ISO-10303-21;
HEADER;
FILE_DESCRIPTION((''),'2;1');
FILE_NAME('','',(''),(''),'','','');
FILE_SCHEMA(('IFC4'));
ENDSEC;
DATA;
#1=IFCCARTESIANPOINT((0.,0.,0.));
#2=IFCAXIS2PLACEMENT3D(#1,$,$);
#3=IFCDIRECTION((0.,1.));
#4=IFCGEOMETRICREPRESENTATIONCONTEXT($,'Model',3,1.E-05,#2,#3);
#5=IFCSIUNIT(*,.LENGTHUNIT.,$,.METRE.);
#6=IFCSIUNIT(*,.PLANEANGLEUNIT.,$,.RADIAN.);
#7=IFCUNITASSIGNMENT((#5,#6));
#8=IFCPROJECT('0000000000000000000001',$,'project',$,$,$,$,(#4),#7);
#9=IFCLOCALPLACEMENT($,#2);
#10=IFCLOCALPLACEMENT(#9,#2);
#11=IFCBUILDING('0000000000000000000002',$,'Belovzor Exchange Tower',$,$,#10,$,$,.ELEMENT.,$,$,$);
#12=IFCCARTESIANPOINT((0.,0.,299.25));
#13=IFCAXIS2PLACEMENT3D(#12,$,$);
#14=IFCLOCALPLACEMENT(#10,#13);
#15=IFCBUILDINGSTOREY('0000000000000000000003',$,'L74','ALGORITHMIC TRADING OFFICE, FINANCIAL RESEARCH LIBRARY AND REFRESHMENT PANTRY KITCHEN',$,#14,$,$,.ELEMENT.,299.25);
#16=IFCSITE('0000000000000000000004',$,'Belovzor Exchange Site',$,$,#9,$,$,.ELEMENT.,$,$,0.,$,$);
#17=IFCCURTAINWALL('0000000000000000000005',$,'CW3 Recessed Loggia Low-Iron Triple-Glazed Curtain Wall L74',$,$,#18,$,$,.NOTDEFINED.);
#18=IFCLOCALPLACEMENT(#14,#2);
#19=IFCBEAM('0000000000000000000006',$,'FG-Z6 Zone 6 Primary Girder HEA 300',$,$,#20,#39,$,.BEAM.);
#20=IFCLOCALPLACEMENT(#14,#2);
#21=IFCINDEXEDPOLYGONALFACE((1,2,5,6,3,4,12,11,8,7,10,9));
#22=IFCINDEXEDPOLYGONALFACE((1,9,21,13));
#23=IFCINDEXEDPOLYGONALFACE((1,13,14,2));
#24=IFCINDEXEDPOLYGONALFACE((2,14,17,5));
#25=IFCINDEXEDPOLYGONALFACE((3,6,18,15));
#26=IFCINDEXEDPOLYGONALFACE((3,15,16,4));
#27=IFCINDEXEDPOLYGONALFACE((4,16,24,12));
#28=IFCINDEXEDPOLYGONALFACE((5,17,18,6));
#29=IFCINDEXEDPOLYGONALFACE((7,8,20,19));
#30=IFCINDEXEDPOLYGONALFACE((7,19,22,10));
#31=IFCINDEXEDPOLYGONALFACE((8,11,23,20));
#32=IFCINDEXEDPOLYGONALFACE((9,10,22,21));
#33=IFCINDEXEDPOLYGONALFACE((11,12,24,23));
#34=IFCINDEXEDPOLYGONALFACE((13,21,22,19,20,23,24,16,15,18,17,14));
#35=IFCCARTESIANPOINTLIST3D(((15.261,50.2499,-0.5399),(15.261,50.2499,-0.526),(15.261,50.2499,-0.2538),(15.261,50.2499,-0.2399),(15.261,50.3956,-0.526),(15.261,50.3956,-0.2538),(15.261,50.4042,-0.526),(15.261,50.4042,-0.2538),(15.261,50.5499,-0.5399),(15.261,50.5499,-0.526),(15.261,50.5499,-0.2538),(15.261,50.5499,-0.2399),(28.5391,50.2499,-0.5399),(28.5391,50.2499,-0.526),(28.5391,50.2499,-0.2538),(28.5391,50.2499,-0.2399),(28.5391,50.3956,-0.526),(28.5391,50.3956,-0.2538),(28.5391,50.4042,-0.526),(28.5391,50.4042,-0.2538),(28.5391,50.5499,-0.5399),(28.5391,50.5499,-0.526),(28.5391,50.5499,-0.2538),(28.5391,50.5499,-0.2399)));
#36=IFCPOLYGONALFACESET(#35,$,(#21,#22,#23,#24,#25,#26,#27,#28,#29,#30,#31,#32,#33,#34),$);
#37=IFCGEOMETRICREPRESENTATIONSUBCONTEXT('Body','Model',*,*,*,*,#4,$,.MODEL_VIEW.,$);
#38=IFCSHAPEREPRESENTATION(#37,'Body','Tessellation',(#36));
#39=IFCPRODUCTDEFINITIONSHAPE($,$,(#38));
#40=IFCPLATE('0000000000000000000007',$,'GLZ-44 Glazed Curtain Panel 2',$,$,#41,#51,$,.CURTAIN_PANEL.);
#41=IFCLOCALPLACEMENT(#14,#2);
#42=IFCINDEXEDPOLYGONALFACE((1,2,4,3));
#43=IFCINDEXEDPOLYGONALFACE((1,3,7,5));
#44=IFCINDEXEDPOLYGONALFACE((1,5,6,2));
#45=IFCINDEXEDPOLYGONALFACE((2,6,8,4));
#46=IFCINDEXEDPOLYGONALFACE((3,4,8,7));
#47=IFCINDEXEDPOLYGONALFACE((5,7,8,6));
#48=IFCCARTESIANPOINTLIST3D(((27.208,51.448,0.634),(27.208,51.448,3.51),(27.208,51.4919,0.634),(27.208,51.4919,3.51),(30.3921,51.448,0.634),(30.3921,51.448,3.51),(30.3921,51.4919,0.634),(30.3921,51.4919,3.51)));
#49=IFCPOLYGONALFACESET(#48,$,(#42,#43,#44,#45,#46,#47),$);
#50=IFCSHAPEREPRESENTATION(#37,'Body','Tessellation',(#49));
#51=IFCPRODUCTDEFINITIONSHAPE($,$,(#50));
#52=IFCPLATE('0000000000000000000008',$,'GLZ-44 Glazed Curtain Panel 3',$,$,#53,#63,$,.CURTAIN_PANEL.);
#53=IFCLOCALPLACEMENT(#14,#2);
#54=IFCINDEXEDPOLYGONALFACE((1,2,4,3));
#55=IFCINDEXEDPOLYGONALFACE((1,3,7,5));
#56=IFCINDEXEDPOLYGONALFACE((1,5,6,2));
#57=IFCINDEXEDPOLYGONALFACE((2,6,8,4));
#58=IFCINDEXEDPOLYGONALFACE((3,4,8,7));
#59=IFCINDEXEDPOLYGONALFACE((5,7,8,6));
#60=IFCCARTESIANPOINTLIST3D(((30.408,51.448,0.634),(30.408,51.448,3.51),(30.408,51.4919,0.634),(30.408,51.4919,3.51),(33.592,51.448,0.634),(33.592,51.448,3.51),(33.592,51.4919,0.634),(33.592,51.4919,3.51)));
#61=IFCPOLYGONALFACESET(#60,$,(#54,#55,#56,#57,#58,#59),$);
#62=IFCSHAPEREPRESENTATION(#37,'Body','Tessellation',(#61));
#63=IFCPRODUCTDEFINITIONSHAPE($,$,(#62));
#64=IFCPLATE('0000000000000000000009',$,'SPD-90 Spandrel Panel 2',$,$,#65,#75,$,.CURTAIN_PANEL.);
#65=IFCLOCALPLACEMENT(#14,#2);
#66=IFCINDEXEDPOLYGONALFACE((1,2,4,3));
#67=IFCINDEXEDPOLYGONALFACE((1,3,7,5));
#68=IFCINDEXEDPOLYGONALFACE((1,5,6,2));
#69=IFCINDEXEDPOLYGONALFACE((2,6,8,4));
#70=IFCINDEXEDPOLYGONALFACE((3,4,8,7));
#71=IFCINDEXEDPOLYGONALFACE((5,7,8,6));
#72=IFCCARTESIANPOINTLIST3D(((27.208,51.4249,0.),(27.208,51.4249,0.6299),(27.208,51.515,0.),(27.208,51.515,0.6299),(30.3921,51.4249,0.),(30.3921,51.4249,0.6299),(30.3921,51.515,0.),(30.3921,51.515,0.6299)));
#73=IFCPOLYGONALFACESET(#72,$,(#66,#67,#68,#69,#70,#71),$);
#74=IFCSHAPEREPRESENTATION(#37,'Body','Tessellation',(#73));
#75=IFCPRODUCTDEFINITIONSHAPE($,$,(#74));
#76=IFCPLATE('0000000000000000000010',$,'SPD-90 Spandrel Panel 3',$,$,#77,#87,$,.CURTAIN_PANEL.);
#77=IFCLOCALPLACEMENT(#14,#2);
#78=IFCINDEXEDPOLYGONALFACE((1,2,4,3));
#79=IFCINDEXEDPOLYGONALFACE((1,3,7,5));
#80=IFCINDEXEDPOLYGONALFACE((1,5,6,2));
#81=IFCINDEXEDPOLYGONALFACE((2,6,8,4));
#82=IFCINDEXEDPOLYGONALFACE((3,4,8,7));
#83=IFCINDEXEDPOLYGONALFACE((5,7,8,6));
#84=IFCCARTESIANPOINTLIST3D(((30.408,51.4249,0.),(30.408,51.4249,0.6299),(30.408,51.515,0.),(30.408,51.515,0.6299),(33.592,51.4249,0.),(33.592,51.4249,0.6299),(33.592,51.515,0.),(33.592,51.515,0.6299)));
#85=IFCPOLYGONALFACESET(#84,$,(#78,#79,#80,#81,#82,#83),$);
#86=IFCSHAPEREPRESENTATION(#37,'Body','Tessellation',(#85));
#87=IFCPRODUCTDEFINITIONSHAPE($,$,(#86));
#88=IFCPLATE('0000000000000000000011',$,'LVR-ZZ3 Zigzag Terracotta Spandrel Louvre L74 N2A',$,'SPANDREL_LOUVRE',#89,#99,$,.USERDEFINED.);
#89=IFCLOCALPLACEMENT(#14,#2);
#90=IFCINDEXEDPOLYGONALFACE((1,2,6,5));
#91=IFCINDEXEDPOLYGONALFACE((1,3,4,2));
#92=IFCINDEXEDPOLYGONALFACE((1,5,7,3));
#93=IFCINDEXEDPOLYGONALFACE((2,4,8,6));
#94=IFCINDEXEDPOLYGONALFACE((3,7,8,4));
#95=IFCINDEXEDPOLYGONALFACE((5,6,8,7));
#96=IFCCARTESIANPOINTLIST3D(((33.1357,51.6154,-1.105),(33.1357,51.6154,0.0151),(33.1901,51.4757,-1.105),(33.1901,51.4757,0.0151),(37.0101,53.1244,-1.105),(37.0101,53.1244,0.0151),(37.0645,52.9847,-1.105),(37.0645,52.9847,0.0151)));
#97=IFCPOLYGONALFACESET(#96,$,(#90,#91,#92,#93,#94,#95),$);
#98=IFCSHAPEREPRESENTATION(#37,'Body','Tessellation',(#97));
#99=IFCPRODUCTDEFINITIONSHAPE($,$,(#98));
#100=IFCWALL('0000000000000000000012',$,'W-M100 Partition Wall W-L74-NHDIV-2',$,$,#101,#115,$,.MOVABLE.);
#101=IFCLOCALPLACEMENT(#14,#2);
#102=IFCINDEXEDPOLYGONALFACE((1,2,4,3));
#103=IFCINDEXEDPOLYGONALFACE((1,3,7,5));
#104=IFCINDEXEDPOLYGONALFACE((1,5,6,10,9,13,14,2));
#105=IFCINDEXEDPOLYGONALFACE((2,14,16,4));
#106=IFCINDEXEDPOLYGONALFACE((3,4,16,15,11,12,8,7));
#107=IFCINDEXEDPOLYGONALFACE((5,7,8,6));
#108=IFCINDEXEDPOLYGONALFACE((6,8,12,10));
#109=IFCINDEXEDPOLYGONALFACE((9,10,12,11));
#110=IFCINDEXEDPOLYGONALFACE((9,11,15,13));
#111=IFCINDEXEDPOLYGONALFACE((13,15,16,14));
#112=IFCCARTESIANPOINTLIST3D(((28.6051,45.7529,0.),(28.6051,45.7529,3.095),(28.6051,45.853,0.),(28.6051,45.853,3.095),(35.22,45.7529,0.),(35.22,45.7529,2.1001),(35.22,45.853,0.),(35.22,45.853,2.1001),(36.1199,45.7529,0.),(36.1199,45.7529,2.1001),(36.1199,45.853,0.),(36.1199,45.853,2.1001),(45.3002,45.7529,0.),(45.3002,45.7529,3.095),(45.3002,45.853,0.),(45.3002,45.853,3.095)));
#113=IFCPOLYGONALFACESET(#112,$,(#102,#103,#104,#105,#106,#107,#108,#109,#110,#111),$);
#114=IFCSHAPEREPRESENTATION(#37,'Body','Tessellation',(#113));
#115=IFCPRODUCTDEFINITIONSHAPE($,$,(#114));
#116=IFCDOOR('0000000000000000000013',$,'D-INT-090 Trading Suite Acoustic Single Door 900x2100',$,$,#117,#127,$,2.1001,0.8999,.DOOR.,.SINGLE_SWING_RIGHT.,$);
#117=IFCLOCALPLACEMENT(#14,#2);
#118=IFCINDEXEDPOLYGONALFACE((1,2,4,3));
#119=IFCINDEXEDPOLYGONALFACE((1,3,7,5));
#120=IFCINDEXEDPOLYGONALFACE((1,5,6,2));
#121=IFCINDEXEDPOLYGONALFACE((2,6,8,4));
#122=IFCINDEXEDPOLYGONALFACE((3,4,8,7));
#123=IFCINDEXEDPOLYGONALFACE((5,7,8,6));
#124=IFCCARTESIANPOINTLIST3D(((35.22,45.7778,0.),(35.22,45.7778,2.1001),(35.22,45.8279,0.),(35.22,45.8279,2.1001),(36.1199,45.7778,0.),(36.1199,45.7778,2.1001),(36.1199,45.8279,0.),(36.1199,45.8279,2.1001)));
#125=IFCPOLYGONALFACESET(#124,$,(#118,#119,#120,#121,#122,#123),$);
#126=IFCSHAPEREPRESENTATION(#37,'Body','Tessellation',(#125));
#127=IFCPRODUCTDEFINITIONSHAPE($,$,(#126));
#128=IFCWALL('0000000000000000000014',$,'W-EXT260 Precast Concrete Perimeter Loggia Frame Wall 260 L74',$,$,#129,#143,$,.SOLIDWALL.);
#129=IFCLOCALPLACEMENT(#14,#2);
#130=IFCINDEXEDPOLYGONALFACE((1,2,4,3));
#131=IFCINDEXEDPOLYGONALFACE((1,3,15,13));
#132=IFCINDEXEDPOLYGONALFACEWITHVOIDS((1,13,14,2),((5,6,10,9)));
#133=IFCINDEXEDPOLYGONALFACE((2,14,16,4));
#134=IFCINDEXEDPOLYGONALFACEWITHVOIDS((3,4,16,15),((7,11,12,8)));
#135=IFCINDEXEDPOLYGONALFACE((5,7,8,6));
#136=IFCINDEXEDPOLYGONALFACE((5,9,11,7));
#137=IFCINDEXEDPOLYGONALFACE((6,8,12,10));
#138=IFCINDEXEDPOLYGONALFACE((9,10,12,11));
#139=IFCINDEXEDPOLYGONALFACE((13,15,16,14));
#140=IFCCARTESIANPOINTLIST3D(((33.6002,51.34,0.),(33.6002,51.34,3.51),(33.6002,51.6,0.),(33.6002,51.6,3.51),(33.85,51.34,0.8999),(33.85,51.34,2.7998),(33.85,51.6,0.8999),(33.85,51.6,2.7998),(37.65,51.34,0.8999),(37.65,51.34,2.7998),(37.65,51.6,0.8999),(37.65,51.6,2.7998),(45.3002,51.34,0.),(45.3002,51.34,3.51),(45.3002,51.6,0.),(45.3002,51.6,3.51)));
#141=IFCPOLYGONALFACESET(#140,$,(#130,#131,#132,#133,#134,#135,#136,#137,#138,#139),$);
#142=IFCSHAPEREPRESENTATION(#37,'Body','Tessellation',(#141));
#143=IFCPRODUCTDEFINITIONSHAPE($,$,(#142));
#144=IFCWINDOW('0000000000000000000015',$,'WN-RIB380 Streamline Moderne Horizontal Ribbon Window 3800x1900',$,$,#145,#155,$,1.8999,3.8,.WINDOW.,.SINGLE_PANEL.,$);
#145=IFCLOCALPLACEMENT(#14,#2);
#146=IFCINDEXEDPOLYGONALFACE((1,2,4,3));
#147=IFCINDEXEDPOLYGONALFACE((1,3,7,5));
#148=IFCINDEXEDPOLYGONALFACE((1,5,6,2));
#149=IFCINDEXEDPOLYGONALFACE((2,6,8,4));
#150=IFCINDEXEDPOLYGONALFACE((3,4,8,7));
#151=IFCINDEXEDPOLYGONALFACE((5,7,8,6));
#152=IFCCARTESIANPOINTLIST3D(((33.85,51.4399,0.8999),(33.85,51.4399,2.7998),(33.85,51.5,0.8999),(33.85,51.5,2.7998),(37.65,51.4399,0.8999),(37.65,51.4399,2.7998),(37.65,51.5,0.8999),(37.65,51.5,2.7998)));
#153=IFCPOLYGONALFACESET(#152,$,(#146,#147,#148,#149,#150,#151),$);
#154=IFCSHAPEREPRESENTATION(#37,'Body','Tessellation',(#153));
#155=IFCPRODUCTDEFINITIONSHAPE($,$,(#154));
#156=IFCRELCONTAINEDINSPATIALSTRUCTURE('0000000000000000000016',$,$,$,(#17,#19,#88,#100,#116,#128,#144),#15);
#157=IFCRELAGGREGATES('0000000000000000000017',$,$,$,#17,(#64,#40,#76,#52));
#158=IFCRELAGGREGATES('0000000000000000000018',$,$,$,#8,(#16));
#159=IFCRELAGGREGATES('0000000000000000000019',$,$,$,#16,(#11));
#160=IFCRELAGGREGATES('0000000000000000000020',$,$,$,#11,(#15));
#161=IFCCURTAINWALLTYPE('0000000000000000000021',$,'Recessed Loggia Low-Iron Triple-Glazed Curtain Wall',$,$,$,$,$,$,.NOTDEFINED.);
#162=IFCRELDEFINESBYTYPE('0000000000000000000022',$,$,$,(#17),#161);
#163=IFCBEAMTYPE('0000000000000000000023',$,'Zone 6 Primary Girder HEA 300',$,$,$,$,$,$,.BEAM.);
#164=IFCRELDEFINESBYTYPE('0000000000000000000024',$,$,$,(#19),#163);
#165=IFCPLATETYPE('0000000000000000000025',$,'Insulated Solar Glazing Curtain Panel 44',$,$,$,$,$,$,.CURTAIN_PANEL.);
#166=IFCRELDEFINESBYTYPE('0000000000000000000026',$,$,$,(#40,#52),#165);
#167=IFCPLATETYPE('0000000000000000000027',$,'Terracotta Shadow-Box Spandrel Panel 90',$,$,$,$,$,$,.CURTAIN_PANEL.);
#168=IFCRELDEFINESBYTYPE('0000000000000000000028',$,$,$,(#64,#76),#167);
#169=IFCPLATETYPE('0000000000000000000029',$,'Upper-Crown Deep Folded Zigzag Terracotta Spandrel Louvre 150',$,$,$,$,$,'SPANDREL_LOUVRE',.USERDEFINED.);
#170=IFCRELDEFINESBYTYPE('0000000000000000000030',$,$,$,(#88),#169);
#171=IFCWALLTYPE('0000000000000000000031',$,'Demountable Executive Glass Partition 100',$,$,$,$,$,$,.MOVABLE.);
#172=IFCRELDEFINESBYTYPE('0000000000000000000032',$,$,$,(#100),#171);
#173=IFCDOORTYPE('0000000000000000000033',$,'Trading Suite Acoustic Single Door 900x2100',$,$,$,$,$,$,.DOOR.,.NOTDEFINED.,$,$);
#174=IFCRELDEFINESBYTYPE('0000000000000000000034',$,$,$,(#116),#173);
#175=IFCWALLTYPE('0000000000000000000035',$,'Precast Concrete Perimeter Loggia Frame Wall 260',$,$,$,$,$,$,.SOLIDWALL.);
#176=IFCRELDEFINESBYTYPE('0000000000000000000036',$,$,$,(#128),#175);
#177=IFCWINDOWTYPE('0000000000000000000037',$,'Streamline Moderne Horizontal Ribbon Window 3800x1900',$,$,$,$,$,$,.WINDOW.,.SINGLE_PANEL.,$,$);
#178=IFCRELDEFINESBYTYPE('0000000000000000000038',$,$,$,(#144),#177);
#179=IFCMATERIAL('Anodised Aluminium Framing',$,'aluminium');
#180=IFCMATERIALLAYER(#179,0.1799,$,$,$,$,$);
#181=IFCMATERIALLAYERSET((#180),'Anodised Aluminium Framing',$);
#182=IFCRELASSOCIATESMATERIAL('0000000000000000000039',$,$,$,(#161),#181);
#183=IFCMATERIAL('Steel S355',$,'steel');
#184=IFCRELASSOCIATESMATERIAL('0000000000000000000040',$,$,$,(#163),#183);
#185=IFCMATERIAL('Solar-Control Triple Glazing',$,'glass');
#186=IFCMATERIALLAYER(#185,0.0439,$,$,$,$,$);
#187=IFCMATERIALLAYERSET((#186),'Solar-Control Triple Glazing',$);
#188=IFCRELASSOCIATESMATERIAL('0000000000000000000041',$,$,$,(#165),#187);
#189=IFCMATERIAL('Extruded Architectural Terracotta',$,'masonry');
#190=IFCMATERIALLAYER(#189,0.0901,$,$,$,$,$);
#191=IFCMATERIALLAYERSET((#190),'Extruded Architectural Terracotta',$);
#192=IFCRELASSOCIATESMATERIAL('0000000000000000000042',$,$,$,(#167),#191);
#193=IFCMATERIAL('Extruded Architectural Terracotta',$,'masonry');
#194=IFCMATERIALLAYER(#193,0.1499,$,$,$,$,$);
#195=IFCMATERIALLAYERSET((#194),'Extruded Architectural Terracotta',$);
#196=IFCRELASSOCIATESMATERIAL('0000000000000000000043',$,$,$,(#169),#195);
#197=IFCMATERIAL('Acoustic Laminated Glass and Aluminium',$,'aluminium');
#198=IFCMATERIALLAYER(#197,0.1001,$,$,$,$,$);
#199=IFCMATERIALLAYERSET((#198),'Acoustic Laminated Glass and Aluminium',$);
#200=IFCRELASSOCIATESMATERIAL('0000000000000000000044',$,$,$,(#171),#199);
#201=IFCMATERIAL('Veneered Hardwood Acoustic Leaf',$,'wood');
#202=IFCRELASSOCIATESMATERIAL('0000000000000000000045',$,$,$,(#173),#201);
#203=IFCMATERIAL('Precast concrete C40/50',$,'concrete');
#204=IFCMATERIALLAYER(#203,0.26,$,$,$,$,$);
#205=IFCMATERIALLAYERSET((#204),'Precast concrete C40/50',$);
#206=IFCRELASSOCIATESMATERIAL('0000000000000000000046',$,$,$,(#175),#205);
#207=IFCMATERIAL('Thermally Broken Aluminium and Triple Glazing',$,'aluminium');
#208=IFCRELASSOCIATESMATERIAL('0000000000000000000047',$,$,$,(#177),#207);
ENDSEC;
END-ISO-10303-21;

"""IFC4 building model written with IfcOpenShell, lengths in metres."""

from ifc_helpers import new_model, si_unit, direction, frame, frame_2d, origin, origin_2d, place, context, subcontext, project, spatial, rectangle, i_section, extrude, material, layer, layer_set, material_profile, profile_set, type_object, element, fill, aggregate, save


model = new_model("IFC4")

# Units and contexts
model_context = context("Model", 3, precision=1e-05, world=origin(), true_north=direction((0.0, 1.0)))
body_context = subcontext(model_context, "Body", "Model", "MODEL_VIEW")
ifc_project = project(units=[si_unit("LENGTHUNIT", "METRE"), si_unit("PLANEANGLEUNIT", "RADIAN")], contexts=[model_context])

# Site, building, storey
site_placement = place(None, origin())
site = spatial("IfcSite", under=ifc_project, at=site_placement, Name="Belovzor Exchange Site", CompositionType="ELEMENT", RefElevation=0.0)
building_placement = place(site_placement, origin())
building = spatial("IfcBuilding", under=site, at=building_placement, Name="Belovzor Exchange Tower", CompositionType="ELEMENT")
storey_placement = place(building_placement, frame((0.0, 0.0, 299.25)))
storey = spatial("IfcBuildingStorey", under=building, at=storey_placement, Name="L74", Description="ALGORITHMIC TRADING OFFICE, FINANCIAL RESEARCH LIBRARY AND REFRESHMENT PANTRY KITCHEN", CompositionType="ELEMENT", Elevation=299.25)

# Curtain wall
ifc_material_1 = material(Name="Anodised Aluminium Framing", Category="aluminium")
ifc_layer_1 = layer(ifc_material_1, 0.1799)
ifc_layer_set_1 = layer_set([ifc_layer_1], Name="Anodised Aluminium Framing")
curtain_wall_type = type_object("IfcCurtainWallType", Name="Recessed Loggia Low-Iron Triple-Glazed Curtain Wall", PredefinedType="NOTDEFINED", material=ifc_layer_set_1)
curtain_wall_placement = place(storey_placement, origin())
curtain_wall = element("IfcCurtainWall", 1, at=curtain_wall_placement, inside=storey, type_object=curtain_wall_type, Name="CW3 Recessed Loggia Low-Iron Triple-Glazed Curtain Wall L74", PredefinedType="NOTDEFINED")

# Beam
ifc_material_2 = material(Name="Steel S355", Category="steel")
ifc_material_profile_1 = material_profile(ifc_material_2, i_section(OverallWidth=0.3, OverallDepth=0.3, WebThickness=0.0085, FlangeThickness=0.0139, at=origin_2d()))
ifc_profile_set_1 = profile_set([ifc_material_profile_1], Name="Steel S355")
beam_type_1 = type_object("IfcBeamType", Name="Zone 6 Primary Girder HEA 300", PredefinedType="BEAM", material=ifc_profile_set_1)
beam_1_placement = place(storey_placement, frame((28.5391, 50.3999, -0.3899), z_axis=(-1.0, 0.0, 0.0), x_axis=(0.0, -1.0, 0.0)))
element("IfcBeam", 2, at=beam_1_placement, inside=storey, type_object=beam_type_1, Name="FG-Z6 Zone 6 Primary Girder HEA 300", PredefinedType="BEAM", context=body_context, shape_type="SweptSolid", body=[
    extrude(i_section(OverallWidth=0.3, OverallDepth=0.3, WebThickness=0.0085, FlangeThickness=0.0139, at=origin_2d()), origin(), (0.0, 0.0, 1.0), 13.2781),
])

# Plates
ifc_material_3 = material(Name="Solar-Control Triple Glazing", Category="glass")
ifc_layer_2 = layer(ifc_material_3, 0.0439)
ifc_layer_set_2 = layer_set([ifc_layer_2], Name="Solar-Control Triple Glazing")
plate_type_1 = type_object("IfcPlateType", Name="Insulated Solar Glazing Curtain Panel 44", PredefinedType="CURTAIN_PANEL", material=ifc_layer_set_2)
plate_1_placement = place(storey_placement, frame((28.8, 51.47, 0.634), z_axis=(0.0, 0.0, 1.0), x_axis=(1.0, 0.0, 0.0)))
plate_1 = element("IfcPlate", 3, at=plate_1_placement, type_object=plate_type_1, Name="GLZ-44 Glazed Curtain Panel 2", PredefinedType="CURTAIN_PANEL", context=body_context, shape_type="SweptSolid", body=[
    extrude(rectangle(XDim=3.1841, YDim=0.0439, at=origin_2d()), origin(), (0.0, 0.0, 1.0), 2.876),
])
plate_2_placement = place(storey_placement, frame((32.0, 51.47, 0.634), z_axis=(0.0, 0.0, 1.0), x_axis=(1.0, 0.0, 0.0)))
plate_2 = element("IfcPlate", 4, at=plate_2_placement, type_object=plate_type_1, Name="GLZ-44 Glazed Curtain Panel 3", PredefinedType="CURTAIN_PANEL", context=body_context, shape_type="SweptSolid", body=[
    extrude(rectangle(XDim=3.1841, YDim=0.0439, at=origin_2d()), origin(), (0.0, 0.0, 1.0), 2.876),
])
ifc_material_4 = material(Name="Extruded Architectural Terracotta", Category="masonry")
ifc_layer_3 = layer(ifc_material_4, 0.0901)
ifc_layer_set_3 = layer_set([ifc_layer_3], Name="Extruded Architectural Terracotta")
plate_type_2 = type_object("IfcPlateType", Name="Terracotta Shadow-Box Spandrel Panel 90", PredefinedType="CURTAIN_PANEL", material=ifc_layer_set_3)
plate_3_placement = place(storey_placement, frame((28.8, 51.47, 0.0), z_axis=(0.0, 0.0, 1.0), x_axis=(1.0, 0.0, 0.0)))
plate_3 = element("IfcPlate", 5, at=plate_3_placement, type_object=plate_type_2, Name="SPD-90 Spandrel Panel 2", PredefinedType="CURTAIN_PANEL", context=body_context, shape_type="SweptSolid", body=[
    extrude(rectangle(XDim=3.1841, YDim=0.0901, at=origin_2d()), origin(), (0.0, 0.0, 1.0), 0.6299),
])
plate_4_placement = place(storey_placement, frame((32.0, 51.47, 0.0), z_axis=(0.0, 0.0, 1.0), x_axis=(1.0, 0.0, 0.0)))
plate_4 = element("IfcPlate", 6, at=plate_4_placement, type_object=plate_type_2, Name="SPD-90 Spandrel Panel 3", PredefinedType="CURTAIN_PANEL", context=body_context, shape_type="SweptSolid", body=[
    extrude(rectangle(XDim=3.1841, YDim=0.0901, at=origin_2d()), origin(), (0.0, 0.0, 1.0), 0.6299),
])
aggregate(curtain_wall, [plate_3, plate_1, plate_4, plate_2])
ifc_material_5 = material(Name="Extruded Architectural Terracotta", Category="masonry")
ifc_layer_4 = layer(ifc_material_5, 0.1499)
ifc_layer_set_4 = layer_set([ifc_layer_4], Name="Extruded Architectural Terracotta")
plate_type_3 = type_object("IfcPlateType", Name="Upper-Crown Deep Folded Zigzag Terracotta Spandrel Louvre 150", ElementType="SPANDREL_LOUVRE", PredefinedType="USERDEFINED", material=ifc_layer_set_4)
plate_5_placement = place(storey_placement, frame((35.1001, 52.3, -1.105), z_axis=(0.0, 0.0, 1.0), x_axis=(0.931818, 0.362926, 0.0)))
element("IfcPlate", 7, at=plate_5_placement, inside=storey, type_object=plate_type_3, Name="LVR-ZZ3 Zigzag Terracotta Spandrel Louvre L74 N2A", ObjectType="SPANDREL_LOUVRE", PredefinedType="USERDEFINED", context=body_context, shape_type="SweptSolid", body=[
    extrude(rectangle(XDim=4.158, YDim=0.1499, at=origin_2d()), origin(), (0.0, 0.0, 1.0), 1.1201),
])

# Wall, opening, door
ifc_material_6 = material(Name="Acoustic Laminated Glass and Aluminium", Category="aluminium")
ifc_layer_5 = layer(ifc_material_6, 0.1001)
ifc_layer_set_5 = layer_set([ifc_layer_5], Name="Acoustic Laminated Glass and Aluminium")
wall_type_1 = type_object("IfcWallType", Name="Demountable Executive Glass Partition 100", PredefinedType="MOVABLE", material=ifc_layer_set_5)
wall_1_placement = place(storey_placement, frame((28.605, 45.803, 0.0), z_axis=(0.0, 0.0, 1.0), x_axis=(1.0, 0.0, 0.0)))
wall_1 = element("IfcWall", 8, at=wall_1_placement, inside=storey, type_object=wall_type_1, Name="W-M100 Partition Wall W-L74-NHDIV-2", PredefinedType="MOVABLE", context=body_context, shape_type="SweptSolid", body=[
    extrude(rectangle(XDim=16.6951, YDim=0.1001, at=frame_2d((8.3477, 0.0))), origin(), (0.0, 0.0, 1.0), 3.095),
])
opening_1_placement = place(wall_1_placement, frame((6.615, 0.0, 0.0)))
opening_1 = element("IfcOpeningElement", 9, at=opening_1_placement, cuts=wall_1, PredefinedType="OPENING", context=body_context, shape_type="SweptSolid", body=[
    extrude(rectangle(XDim=0.8999, YDim=2.1001, at=frame_2d((0.45, 1.05))), frame((0.0, 0.0601, 0.0), z_axis=(0.0, -1.0, 0.0), x_axis=(1.0, 0.0, 0.0)), (0.0, 0.0, 1.0), 0.1201),
])
ifc_material_7 = material(Name="Veneered Hardwood Acoustic Leaf", Category="wood")
door_type = type_object("IfcDoorType", Name="Trading Suite Acoustic Single Door 900x2100", OperationType="NOTDEFINED", PredefinedType="DOOR", material=ifc_material_7)
door_placement = place(opening_1_placement, origin())
door = element("IfcDoor", 10, at=door_placement, inside=storey, type_object=door_type, Name="D-INT-090 Trading Suite Acoustic Single Door 900x2100", OperationType="SINGLE_SWING_RIGHT", OverallHeight=2.1001, OverallWidth=0.8999, PredefinedType="DOOR", context=body_context, shape_type="SweptSolid", body=[
    extrude(rectangle(XDim=0.8999, YDim=2.1001, at=frame_2d((0.45, 1.05))), frame((0.0, 0.0249, 0.0), z_axis=(0.0, -1.0, 0.0), x_axis=(1.0, 0.0, 0.0)), (0.0, 0.0, 1.0), 0.05),
])
fill(opening_1, door)

# Wall, opening, window
ifc_material_8 = material(Name="Precast concrete C40/50", Category="concrete")
ifc_layer_6 = layer(ifc_material_8, 0.26)
ifc_layer_set_6 = layer_set([ifc_layer_6], Name="Precast concrete C40/50")
wall_type_2 = type_object("IfcWallType", Name="Precast Concrete Perimeter Loggia Frame Wall 260", PredefinedType="SOLIDWALL", material=ifc_layer_set_6)
wall_2_placement = place(storey_placement, frame((33.6001, 51.47, 0.0), z_axis=(0.0, 0.0, 1.0), x_axis=(1.0, 0.0, 0.0)))
wall_2 = element("IfcWall", 11, at=wall_2_placement, inside=storey, type_object=wall_type_2, Name="W-EXT260 Precast Concrete Perimeter Loggia Frame Wall 260 L74", PredefinedType="SOLIDWALL", context=body_context, shape_type="SweptSolid", body=[
    extrude(rectangle(XDim=11.7, YDim=0.26, at=frame_2d((5.8501, 0.0))), origin(), (0.0, 0.0, 1.0), 3.51),
])
opening_2_placement = place(wall_2_placement, frame((0.25, 0.0, 0.8999)))
opening_2 = element("IfcOpeningElement", 12, at=opening_2_placement, cuts=wall_2, PredefinedType="OPENING", context=body_context, shape_type="SweptSolid", body=[
    extrude(rectangle(XDim=3.8, YDim=1.8999, at=frame_2d((1.8999, 0.95))), frame((0.0, 0.1399, 0.0), z_axis=(0.0, -1.0, 0.0), x_axis=(1.0, 0.0, 0.0)), (0.0, 0.0, 1.0), 0.28),
])
ifc_material_9 = material(Name="Thermally Broken Aluminium and Triple Glazing", Category="aluminium")
window_type = type_object("IfcWindowType", Name="Streamline Moderne Horizontal Ribbon Window 3800x1900", PartitioningType="SINGLE_PANEL", PredefinedType="WINDOW", material=ifc_material_9)
window_placement = place(opening_2_placement, origin())
window = element("IfcWindow", 13, at=window_placement, inside=storey, type_object=window_type, Name="WN-RIB380 Streamline Moderne Horizontal Ribbon Window 3800x1900", OverallHeight=1.8999, OverallWidth=3.8, PartitioningType="SINGLE_PANEL", PredefinedType="WINDOW", context=body_context, shape_type="SweptSolid", body=[
    extrude(rectangle(XDim=3.8, YDim=1.8999, at=frame_2d((1.8999, 0.95))), frame((0.0, 0.03, 0.0), z_axis=(0.0, -1.0, 0.0), x_axis=(1.0, 0.0, 0.0)), (0.0, 0.0, 1.0), 0.0601),
])
fill(opening_2, window)

save(model, "model.ifc")
